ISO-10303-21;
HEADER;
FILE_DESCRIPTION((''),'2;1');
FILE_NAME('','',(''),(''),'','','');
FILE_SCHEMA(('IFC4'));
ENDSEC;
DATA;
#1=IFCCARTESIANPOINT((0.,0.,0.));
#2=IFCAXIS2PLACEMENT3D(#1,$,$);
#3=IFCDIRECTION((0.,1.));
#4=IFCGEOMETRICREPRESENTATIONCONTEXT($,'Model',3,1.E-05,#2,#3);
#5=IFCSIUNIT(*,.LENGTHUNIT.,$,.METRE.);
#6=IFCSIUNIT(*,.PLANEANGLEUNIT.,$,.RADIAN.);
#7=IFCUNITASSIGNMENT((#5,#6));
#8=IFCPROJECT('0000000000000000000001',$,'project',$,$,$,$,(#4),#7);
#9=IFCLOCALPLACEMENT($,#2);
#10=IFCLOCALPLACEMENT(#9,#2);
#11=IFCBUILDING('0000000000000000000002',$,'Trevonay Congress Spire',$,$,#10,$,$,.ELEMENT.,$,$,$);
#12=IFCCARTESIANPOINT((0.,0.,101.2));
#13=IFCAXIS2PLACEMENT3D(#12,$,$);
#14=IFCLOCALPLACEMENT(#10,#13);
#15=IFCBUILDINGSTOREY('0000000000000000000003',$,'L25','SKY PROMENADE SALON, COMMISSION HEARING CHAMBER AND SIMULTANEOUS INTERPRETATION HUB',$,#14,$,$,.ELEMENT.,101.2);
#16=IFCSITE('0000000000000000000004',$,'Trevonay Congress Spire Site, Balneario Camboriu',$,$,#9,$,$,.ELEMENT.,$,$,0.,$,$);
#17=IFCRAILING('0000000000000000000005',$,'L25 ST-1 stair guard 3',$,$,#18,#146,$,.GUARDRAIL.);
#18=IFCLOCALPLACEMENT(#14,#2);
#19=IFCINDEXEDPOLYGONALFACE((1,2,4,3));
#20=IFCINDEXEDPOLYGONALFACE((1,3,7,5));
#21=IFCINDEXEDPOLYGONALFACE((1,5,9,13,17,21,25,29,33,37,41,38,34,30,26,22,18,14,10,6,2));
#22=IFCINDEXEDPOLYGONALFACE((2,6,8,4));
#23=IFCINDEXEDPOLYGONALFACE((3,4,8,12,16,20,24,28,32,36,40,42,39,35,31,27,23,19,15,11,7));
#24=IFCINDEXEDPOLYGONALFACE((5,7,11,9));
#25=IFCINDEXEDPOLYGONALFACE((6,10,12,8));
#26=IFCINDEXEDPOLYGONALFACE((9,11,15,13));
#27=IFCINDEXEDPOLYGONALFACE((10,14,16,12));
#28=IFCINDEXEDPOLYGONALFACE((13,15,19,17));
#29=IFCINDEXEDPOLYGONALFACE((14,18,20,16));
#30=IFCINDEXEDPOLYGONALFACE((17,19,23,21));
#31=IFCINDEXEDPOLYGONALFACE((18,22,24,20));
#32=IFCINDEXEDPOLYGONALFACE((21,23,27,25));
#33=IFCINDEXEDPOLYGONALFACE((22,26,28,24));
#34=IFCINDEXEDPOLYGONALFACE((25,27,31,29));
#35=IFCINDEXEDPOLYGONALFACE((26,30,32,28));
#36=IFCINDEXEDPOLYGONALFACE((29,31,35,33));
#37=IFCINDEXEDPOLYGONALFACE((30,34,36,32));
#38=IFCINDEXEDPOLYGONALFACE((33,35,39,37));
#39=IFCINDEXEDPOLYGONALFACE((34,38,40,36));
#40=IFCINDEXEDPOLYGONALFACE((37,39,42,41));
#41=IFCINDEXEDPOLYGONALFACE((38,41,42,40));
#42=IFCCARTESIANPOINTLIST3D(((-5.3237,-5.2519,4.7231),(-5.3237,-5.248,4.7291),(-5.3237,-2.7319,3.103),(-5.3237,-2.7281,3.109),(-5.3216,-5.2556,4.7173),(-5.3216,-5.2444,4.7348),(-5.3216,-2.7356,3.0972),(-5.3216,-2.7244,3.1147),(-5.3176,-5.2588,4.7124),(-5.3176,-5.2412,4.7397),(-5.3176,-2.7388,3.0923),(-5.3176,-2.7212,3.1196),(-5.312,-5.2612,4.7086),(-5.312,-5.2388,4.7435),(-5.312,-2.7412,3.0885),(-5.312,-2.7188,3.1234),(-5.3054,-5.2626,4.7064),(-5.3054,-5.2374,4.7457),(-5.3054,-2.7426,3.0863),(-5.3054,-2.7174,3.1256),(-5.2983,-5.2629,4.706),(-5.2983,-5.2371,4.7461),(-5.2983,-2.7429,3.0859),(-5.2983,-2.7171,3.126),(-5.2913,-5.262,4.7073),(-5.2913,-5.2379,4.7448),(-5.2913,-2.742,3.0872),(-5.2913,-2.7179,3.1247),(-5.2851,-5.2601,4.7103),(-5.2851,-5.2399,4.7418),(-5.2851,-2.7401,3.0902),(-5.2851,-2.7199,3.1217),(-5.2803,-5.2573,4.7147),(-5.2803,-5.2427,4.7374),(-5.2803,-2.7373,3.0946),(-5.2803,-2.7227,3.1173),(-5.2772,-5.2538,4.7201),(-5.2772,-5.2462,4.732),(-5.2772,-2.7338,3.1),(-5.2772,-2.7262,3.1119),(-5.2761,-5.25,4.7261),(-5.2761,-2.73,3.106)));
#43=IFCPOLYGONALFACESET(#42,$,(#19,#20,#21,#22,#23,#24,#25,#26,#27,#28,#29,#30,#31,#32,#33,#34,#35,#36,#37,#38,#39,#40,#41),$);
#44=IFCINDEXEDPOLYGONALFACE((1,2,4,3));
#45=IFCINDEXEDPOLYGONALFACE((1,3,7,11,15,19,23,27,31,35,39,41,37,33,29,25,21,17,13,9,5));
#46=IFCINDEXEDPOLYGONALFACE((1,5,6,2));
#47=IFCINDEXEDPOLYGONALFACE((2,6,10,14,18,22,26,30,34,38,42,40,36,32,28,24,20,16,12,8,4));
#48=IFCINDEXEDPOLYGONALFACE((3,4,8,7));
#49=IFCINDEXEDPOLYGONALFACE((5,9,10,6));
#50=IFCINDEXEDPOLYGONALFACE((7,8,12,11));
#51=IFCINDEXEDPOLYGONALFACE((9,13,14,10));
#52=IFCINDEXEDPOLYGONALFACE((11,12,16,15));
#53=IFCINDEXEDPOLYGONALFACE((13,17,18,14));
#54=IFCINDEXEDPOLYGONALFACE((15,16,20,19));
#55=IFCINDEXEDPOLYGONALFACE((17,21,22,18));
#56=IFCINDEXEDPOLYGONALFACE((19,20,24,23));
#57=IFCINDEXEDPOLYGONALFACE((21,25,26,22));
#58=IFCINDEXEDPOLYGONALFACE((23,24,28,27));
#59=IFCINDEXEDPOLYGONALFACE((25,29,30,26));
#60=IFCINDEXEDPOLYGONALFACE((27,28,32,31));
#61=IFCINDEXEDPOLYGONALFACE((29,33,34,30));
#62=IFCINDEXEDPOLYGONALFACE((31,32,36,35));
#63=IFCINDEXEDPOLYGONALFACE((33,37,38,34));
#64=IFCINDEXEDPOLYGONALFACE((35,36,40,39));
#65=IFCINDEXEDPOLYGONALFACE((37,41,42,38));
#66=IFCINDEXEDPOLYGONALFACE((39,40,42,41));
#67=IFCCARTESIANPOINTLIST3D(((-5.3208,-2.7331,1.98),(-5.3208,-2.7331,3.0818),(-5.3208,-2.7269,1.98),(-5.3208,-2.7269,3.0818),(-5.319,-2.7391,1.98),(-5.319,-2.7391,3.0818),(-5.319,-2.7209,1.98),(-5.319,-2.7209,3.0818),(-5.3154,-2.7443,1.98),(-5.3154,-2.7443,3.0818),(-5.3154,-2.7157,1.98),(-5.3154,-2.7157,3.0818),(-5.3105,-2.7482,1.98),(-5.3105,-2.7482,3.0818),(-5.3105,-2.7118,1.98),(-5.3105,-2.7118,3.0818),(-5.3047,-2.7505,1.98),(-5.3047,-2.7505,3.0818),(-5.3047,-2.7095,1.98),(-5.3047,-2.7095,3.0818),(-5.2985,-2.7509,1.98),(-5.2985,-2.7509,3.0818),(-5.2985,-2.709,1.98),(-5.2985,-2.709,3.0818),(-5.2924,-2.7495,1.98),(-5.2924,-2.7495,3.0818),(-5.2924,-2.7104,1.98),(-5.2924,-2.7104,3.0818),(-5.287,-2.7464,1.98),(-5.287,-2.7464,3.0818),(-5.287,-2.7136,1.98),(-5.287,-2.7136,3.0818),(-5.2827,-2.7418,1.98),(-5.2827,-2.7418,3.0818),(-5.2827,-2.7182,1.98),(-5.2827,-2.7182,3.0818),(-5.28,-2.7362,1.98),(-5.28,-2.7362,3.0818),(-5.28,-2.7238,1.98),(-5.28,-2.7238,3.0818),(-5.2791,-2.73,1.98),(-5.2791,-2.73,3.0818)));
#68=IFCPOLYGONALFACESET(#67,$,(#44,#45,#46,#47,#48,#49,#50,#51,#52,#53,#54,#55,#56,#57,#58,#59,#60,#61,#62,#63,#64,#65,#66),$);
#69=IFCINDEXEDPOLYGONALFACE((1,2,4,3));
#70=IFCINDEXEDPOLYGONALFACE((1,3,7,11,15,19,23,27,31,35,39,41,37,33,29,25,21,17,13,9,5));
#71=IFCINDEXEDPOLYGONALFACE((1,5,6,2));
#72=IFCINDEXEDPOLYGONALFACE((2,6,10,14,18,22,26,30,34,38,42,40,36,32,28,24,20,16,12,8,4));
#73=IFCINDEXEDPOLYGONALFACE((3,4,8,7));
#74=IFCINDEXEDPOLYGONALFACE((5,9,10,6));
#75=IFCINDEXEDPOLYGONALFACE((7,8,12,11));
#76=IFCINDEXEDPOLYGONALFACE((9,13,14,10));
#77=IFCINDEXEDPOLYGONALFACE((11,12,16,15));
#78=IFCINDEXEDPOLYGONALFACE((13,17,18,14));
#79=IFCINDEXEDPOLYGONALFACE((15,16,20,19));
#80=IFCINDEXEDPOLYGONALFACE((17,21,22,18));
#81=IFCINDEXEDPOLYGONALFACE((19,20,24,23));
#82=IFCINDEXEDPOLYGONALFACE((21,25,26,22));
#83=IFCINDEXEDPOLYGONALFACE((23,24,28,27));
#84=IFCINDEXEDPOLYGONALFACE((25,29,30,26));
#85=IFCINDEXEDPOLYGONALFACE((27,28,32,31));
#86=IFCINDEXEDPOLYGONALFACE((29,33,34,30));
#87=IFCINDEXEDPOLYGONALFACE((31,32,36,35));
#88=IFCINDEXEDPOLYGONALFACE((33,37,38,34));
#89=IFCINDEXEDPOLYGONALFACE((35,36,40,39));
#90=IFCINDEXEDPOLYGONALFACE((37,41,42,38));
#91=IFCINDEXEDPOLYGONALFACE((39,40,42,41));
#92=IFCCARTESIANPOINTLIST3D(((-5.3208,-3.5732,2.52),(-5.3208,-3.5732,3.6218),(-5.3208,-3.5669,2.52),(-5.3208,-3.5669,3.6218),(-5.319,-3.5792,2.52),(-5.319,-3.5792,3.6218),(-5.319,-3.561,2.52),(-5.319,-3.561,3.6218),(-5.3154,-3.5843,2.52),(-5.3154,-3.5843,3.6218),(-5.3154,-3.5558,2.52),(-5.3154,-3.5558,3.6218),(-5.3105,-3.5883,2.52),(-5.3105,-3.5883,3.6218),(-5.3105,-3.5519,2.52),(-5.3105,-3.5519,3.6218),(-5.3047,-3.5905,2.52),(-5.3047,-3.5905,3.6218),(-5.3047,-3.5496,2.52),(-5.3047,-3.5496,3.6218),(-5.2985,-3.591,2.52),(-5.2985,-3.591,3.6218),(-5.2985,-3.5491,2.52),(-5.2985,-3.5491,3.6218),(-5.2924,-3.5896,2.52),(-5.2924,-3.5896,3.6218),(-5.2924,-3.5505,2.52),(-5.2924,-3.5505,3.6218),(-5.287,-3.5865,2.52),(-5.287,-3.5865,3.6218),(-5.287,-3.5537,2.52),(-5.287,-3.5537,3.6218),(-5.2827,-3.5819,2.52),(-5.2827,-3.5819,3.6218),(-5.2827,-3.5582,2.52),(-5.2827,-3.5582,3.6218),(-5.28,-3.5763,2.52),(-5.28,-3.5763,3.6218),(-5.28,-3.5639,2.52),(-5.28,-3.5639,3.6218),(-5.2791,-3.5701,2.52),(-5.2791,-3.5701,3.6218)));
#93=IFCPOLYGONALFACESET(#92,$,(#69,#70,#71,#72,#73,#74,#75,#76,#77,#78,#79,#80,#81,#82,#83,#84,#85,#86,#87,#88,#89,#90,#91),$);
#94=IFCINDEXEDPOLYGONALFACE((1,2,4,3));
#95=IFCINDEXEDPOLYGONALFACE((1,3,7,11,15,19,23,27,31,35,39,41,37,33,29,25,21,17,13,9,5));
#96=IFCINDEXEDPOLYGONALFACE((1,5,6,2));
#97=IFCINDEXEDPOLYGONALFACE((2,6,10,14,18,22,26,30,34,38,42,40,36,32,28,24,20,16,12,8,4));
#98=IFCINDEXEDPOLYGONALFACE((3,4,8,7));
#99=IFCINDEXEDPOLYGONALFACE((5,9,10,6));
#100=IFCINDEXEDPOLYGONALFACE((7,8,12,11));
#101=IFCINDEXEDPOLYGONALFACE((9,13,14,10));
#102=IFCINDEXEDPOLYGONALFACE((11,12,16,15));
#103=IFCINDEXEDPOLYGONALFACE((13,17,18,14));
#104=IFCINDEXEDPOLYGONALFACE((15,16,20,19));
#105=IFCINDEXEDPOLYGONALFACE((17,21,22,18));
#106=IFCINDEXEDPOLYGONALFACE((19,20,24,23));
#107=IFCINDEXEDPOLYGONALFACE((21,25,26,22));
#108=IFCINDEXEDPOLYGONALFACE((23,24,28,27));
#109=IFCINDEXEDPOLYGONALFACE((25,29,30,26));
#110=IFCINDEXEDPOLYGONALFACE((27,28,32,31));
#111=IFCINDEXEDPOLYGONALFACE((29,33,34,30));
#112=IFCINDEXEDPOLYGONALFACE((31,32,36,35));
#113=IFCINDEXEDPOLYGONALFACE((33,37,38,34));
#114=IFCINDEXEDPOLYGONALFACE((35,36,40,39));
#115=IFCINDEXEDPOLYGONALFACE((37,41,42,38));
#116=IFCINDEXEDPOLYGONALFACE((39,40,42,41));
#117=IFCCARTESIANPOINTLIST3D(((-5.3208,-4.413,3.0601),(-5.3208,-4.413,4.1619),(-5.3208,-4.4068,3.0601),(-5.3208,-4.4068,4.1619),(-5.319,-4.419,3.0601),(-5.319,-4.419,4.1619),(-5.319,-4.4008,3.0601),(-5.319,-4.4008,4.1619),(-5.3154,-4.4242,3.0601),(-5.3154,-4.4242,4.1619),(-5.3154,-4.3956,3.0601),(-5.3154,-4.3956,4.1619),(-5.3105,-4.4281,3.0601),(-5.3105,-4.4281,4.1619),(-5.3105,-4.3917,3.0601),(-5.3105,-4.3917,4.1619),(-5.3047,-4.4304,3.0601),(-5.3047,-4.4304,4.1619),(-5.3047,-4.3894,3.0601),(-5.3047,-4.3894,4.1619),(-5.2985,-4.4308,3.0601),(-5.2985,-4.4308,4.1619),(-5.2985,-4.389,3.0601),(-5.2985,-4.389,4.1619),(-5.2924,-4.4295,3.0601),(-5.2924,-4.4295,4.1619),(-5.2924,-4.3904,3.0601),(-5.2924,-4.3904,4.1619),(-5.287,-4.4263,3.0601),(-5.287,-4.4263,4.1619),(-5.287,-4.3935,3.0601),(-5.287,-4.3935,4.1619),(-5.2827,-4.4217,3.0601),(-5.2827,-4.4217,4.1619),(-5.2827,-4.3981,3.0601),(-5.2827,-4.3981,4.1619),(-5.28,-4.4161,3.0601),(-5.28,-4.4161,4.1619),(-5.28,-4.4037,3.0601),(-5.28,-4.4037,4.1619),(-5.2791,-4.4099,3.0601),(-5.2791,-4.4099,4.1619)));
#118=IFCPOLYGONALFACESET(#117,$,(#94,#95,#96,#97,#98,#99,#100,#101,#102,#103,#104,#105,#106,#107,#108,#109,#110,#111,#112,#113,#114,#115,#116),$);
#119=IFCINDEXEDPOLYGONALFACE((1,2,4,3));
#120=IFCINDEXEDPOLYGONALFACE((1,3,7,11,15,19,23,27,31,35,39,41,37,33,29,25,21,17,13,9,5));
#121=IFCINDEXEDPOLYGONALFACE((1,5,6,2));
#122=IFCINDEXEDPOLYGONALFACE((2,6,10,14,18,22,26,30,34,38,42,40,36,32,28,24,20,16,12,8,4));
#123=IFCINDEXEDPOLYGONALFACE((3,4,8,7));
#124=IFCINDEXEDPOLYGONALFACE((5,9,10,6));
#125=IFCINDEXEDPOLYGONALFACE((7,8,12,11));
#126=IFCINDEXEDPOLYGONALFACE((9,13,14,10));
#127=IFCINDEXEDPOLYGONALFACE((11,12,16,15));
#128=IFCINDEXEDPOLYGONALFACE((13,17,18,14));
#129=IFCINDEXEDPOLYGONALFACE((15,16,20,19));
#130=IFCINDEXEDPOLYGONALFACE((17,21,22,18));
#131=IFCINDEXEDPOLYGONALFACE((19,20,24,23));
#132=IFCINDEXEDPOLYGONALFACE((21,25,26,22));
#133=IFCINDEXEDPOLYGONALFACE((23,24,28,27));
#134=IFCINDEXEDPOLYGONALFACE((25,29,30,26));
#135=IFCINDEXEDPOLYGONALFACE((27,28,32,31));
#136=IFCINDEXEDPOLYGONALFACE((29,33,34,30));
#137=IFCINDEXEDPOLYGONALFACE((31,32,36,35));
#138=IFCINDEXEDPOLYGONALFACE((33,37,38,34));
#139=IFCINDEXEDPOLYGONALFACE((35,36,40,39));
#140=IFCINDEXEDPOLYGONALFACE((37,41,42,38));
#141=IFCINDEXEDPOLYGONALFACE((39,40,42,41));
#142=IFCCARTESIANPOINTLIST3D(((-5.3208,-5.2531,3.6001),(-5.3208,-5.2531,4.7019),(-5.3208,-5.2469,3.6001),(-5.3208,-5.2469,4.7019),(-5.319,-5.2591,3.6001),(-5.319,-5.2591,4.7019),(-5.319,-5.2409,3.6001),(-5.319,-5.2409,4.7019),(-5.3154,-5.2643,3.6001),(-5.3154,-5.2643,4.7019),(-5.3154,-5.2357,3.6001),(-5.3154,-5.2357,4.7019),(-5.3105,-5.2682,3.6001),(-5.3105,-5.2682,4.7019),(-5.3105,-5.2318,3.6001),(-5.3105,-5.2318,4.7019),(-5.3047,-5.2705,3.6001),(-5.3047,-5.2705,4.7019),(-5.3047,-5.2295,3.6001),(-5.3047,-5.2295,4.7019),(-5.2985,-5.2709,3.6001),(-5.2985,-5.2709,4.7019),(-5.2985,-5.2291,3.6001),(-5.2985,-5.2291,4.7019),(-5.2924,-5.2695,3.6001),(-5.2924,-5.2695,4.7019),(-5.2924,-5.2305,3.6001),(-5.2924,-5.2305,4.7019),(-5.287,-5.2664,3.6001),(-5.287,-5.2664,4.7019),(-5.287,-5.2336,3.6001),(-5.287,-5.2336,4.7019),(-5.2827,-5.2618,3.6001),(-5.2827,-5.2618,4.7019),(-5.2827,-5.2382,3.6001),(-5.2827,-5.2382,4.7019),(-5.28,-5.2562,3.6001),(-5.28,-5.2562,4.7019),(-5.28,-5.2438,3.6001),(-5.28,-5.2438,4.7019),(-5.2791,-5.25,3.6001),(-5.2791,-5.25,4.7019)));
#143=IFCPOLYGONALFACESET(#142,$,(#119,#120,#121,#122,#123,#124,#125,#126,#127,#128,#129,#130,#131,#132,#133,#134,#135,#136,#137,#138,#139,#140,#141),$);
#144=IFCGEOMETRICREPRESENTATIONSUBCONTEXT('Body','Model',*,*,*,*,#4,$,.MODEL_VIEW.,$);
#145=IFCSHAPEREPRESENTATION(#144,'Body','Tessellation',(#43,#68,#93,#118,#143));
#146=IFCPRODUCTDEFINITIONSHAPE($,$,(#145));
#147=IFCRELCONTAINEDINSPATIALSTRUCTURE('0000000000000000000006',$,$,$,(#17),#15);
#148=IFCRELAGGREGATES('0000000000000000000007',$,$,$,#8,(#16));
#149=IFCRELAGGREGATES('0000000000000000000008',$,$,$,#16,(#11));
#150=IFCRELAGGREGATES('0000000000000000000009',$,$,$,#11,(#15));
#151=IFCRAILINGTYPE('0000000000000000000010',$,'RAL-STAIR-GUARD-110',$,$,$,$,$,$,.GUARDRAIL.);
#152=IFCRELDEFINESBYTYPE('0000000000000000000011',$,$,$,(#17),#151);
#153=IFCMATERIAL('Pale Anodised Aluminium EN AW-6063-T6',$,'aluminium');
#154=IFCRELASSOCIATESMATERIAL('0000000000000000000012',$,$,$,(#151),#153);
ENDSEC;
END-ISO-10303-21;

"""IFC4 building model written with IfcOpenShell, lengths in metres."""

from ifc_helpers import new_model, si_unit, direction, frame, origin, origin_2d, place, context, subcontext, project, spatial, circle, extrude, material, type_object, element, save


model = new_model("IFC4")

# Units and contexts
model_context = context("Model", 3, precision=1e-05, world=origin(), true_north=direction((0.0, 1.0)))
body_context = subcontext(model_context, "Body", "Model", "MODEL_VIEW")
ifc_project = project(units=[si_unit("LENGTHUNIT", "METRE"), si_unit("PLANEANGLEUNIT", "RADIAN")], contexts=[model_context])

# Site, building, storey
site_placement = place(None, origin())
site = spatial("IfcSite", under=ifc_project, at=site_placement, Name="Trevonay Congress Spire Site, Balneario Camboriu", CompositionType="ELEMENT", RefElevation=0.0)
building_placement = place(site_placement, origin())
building = spatial("IfcBuilding", under=site, at=building_placement, Name="Trevonay Congress Spire", CompositionType="ELEMENT")
storey_placement = place(building_placement, frame((0.0, 0.0, 101.2)))
storey = spatial("IfcBuildingStorey", under=building, at=storey_placement, Name="L25", Description="SKY PROMENADE SALON, COMMISSION HEARING CHAMBER AND SIMULTANEOUS INTERPRETATION HUB", CompositionType="ELEMENT", Elevation=101.2)

# Shared definitions
ifc_material_1 = material(Name="Pale Anodised Aluminium EN AW-6063-T6", Category="aluminium")

# Railing
railing_type_1 = type_object("IfcRailingType", Name="RAL-STAIR-GUARD-110", PredefinedType="GUARDRAIL", material=ifc_material_1)
railing_1_placement = place(storey_placement, frame((-5.3, -2.73, 1.98)))
element("IfcRailing", 1, at=railing_1_placement, inside=storey, type_object=railing_type_1, Name="L25 ST-1 stair guard 3", PredefinedType="GUARDRAIL", context=body_context, shape_type="SweptSolid", body=[
    extrude(circle(Radius=0.0239, at=origin_2d()), frame((0.0, 0.0, 1.126), z_axis=(0.0, -0.841163, 0.540782), x_axis=(1.0, 0.0, 0.0)), (0.0, 0.0, 1.0), 2.9958),
    extrude(circle(Radius=0.021, at=origin_2d()), origin(), (0.0, 0.0, 1.0), 1.1018),
    extrude(circle(Radius=0.021, at=origin_2d()), frame((0.0, -0.8401, 0.54)), (0.0, 0.0, 1.0), 1.1018),
    extrude(circle(Radius=0.021, at=origin_2d()), frame((0.0, -1.6799, 1.0801)), (0.0, 0.0, 1.0), 1.1018),
    extrude(circle(Radius=0.021, at=origin_2d()), frame((0.0, -2.52, 1.6201)), (0.0, 0.0, 1.0), 1.1018),
])

save(model, "model.ifc")
